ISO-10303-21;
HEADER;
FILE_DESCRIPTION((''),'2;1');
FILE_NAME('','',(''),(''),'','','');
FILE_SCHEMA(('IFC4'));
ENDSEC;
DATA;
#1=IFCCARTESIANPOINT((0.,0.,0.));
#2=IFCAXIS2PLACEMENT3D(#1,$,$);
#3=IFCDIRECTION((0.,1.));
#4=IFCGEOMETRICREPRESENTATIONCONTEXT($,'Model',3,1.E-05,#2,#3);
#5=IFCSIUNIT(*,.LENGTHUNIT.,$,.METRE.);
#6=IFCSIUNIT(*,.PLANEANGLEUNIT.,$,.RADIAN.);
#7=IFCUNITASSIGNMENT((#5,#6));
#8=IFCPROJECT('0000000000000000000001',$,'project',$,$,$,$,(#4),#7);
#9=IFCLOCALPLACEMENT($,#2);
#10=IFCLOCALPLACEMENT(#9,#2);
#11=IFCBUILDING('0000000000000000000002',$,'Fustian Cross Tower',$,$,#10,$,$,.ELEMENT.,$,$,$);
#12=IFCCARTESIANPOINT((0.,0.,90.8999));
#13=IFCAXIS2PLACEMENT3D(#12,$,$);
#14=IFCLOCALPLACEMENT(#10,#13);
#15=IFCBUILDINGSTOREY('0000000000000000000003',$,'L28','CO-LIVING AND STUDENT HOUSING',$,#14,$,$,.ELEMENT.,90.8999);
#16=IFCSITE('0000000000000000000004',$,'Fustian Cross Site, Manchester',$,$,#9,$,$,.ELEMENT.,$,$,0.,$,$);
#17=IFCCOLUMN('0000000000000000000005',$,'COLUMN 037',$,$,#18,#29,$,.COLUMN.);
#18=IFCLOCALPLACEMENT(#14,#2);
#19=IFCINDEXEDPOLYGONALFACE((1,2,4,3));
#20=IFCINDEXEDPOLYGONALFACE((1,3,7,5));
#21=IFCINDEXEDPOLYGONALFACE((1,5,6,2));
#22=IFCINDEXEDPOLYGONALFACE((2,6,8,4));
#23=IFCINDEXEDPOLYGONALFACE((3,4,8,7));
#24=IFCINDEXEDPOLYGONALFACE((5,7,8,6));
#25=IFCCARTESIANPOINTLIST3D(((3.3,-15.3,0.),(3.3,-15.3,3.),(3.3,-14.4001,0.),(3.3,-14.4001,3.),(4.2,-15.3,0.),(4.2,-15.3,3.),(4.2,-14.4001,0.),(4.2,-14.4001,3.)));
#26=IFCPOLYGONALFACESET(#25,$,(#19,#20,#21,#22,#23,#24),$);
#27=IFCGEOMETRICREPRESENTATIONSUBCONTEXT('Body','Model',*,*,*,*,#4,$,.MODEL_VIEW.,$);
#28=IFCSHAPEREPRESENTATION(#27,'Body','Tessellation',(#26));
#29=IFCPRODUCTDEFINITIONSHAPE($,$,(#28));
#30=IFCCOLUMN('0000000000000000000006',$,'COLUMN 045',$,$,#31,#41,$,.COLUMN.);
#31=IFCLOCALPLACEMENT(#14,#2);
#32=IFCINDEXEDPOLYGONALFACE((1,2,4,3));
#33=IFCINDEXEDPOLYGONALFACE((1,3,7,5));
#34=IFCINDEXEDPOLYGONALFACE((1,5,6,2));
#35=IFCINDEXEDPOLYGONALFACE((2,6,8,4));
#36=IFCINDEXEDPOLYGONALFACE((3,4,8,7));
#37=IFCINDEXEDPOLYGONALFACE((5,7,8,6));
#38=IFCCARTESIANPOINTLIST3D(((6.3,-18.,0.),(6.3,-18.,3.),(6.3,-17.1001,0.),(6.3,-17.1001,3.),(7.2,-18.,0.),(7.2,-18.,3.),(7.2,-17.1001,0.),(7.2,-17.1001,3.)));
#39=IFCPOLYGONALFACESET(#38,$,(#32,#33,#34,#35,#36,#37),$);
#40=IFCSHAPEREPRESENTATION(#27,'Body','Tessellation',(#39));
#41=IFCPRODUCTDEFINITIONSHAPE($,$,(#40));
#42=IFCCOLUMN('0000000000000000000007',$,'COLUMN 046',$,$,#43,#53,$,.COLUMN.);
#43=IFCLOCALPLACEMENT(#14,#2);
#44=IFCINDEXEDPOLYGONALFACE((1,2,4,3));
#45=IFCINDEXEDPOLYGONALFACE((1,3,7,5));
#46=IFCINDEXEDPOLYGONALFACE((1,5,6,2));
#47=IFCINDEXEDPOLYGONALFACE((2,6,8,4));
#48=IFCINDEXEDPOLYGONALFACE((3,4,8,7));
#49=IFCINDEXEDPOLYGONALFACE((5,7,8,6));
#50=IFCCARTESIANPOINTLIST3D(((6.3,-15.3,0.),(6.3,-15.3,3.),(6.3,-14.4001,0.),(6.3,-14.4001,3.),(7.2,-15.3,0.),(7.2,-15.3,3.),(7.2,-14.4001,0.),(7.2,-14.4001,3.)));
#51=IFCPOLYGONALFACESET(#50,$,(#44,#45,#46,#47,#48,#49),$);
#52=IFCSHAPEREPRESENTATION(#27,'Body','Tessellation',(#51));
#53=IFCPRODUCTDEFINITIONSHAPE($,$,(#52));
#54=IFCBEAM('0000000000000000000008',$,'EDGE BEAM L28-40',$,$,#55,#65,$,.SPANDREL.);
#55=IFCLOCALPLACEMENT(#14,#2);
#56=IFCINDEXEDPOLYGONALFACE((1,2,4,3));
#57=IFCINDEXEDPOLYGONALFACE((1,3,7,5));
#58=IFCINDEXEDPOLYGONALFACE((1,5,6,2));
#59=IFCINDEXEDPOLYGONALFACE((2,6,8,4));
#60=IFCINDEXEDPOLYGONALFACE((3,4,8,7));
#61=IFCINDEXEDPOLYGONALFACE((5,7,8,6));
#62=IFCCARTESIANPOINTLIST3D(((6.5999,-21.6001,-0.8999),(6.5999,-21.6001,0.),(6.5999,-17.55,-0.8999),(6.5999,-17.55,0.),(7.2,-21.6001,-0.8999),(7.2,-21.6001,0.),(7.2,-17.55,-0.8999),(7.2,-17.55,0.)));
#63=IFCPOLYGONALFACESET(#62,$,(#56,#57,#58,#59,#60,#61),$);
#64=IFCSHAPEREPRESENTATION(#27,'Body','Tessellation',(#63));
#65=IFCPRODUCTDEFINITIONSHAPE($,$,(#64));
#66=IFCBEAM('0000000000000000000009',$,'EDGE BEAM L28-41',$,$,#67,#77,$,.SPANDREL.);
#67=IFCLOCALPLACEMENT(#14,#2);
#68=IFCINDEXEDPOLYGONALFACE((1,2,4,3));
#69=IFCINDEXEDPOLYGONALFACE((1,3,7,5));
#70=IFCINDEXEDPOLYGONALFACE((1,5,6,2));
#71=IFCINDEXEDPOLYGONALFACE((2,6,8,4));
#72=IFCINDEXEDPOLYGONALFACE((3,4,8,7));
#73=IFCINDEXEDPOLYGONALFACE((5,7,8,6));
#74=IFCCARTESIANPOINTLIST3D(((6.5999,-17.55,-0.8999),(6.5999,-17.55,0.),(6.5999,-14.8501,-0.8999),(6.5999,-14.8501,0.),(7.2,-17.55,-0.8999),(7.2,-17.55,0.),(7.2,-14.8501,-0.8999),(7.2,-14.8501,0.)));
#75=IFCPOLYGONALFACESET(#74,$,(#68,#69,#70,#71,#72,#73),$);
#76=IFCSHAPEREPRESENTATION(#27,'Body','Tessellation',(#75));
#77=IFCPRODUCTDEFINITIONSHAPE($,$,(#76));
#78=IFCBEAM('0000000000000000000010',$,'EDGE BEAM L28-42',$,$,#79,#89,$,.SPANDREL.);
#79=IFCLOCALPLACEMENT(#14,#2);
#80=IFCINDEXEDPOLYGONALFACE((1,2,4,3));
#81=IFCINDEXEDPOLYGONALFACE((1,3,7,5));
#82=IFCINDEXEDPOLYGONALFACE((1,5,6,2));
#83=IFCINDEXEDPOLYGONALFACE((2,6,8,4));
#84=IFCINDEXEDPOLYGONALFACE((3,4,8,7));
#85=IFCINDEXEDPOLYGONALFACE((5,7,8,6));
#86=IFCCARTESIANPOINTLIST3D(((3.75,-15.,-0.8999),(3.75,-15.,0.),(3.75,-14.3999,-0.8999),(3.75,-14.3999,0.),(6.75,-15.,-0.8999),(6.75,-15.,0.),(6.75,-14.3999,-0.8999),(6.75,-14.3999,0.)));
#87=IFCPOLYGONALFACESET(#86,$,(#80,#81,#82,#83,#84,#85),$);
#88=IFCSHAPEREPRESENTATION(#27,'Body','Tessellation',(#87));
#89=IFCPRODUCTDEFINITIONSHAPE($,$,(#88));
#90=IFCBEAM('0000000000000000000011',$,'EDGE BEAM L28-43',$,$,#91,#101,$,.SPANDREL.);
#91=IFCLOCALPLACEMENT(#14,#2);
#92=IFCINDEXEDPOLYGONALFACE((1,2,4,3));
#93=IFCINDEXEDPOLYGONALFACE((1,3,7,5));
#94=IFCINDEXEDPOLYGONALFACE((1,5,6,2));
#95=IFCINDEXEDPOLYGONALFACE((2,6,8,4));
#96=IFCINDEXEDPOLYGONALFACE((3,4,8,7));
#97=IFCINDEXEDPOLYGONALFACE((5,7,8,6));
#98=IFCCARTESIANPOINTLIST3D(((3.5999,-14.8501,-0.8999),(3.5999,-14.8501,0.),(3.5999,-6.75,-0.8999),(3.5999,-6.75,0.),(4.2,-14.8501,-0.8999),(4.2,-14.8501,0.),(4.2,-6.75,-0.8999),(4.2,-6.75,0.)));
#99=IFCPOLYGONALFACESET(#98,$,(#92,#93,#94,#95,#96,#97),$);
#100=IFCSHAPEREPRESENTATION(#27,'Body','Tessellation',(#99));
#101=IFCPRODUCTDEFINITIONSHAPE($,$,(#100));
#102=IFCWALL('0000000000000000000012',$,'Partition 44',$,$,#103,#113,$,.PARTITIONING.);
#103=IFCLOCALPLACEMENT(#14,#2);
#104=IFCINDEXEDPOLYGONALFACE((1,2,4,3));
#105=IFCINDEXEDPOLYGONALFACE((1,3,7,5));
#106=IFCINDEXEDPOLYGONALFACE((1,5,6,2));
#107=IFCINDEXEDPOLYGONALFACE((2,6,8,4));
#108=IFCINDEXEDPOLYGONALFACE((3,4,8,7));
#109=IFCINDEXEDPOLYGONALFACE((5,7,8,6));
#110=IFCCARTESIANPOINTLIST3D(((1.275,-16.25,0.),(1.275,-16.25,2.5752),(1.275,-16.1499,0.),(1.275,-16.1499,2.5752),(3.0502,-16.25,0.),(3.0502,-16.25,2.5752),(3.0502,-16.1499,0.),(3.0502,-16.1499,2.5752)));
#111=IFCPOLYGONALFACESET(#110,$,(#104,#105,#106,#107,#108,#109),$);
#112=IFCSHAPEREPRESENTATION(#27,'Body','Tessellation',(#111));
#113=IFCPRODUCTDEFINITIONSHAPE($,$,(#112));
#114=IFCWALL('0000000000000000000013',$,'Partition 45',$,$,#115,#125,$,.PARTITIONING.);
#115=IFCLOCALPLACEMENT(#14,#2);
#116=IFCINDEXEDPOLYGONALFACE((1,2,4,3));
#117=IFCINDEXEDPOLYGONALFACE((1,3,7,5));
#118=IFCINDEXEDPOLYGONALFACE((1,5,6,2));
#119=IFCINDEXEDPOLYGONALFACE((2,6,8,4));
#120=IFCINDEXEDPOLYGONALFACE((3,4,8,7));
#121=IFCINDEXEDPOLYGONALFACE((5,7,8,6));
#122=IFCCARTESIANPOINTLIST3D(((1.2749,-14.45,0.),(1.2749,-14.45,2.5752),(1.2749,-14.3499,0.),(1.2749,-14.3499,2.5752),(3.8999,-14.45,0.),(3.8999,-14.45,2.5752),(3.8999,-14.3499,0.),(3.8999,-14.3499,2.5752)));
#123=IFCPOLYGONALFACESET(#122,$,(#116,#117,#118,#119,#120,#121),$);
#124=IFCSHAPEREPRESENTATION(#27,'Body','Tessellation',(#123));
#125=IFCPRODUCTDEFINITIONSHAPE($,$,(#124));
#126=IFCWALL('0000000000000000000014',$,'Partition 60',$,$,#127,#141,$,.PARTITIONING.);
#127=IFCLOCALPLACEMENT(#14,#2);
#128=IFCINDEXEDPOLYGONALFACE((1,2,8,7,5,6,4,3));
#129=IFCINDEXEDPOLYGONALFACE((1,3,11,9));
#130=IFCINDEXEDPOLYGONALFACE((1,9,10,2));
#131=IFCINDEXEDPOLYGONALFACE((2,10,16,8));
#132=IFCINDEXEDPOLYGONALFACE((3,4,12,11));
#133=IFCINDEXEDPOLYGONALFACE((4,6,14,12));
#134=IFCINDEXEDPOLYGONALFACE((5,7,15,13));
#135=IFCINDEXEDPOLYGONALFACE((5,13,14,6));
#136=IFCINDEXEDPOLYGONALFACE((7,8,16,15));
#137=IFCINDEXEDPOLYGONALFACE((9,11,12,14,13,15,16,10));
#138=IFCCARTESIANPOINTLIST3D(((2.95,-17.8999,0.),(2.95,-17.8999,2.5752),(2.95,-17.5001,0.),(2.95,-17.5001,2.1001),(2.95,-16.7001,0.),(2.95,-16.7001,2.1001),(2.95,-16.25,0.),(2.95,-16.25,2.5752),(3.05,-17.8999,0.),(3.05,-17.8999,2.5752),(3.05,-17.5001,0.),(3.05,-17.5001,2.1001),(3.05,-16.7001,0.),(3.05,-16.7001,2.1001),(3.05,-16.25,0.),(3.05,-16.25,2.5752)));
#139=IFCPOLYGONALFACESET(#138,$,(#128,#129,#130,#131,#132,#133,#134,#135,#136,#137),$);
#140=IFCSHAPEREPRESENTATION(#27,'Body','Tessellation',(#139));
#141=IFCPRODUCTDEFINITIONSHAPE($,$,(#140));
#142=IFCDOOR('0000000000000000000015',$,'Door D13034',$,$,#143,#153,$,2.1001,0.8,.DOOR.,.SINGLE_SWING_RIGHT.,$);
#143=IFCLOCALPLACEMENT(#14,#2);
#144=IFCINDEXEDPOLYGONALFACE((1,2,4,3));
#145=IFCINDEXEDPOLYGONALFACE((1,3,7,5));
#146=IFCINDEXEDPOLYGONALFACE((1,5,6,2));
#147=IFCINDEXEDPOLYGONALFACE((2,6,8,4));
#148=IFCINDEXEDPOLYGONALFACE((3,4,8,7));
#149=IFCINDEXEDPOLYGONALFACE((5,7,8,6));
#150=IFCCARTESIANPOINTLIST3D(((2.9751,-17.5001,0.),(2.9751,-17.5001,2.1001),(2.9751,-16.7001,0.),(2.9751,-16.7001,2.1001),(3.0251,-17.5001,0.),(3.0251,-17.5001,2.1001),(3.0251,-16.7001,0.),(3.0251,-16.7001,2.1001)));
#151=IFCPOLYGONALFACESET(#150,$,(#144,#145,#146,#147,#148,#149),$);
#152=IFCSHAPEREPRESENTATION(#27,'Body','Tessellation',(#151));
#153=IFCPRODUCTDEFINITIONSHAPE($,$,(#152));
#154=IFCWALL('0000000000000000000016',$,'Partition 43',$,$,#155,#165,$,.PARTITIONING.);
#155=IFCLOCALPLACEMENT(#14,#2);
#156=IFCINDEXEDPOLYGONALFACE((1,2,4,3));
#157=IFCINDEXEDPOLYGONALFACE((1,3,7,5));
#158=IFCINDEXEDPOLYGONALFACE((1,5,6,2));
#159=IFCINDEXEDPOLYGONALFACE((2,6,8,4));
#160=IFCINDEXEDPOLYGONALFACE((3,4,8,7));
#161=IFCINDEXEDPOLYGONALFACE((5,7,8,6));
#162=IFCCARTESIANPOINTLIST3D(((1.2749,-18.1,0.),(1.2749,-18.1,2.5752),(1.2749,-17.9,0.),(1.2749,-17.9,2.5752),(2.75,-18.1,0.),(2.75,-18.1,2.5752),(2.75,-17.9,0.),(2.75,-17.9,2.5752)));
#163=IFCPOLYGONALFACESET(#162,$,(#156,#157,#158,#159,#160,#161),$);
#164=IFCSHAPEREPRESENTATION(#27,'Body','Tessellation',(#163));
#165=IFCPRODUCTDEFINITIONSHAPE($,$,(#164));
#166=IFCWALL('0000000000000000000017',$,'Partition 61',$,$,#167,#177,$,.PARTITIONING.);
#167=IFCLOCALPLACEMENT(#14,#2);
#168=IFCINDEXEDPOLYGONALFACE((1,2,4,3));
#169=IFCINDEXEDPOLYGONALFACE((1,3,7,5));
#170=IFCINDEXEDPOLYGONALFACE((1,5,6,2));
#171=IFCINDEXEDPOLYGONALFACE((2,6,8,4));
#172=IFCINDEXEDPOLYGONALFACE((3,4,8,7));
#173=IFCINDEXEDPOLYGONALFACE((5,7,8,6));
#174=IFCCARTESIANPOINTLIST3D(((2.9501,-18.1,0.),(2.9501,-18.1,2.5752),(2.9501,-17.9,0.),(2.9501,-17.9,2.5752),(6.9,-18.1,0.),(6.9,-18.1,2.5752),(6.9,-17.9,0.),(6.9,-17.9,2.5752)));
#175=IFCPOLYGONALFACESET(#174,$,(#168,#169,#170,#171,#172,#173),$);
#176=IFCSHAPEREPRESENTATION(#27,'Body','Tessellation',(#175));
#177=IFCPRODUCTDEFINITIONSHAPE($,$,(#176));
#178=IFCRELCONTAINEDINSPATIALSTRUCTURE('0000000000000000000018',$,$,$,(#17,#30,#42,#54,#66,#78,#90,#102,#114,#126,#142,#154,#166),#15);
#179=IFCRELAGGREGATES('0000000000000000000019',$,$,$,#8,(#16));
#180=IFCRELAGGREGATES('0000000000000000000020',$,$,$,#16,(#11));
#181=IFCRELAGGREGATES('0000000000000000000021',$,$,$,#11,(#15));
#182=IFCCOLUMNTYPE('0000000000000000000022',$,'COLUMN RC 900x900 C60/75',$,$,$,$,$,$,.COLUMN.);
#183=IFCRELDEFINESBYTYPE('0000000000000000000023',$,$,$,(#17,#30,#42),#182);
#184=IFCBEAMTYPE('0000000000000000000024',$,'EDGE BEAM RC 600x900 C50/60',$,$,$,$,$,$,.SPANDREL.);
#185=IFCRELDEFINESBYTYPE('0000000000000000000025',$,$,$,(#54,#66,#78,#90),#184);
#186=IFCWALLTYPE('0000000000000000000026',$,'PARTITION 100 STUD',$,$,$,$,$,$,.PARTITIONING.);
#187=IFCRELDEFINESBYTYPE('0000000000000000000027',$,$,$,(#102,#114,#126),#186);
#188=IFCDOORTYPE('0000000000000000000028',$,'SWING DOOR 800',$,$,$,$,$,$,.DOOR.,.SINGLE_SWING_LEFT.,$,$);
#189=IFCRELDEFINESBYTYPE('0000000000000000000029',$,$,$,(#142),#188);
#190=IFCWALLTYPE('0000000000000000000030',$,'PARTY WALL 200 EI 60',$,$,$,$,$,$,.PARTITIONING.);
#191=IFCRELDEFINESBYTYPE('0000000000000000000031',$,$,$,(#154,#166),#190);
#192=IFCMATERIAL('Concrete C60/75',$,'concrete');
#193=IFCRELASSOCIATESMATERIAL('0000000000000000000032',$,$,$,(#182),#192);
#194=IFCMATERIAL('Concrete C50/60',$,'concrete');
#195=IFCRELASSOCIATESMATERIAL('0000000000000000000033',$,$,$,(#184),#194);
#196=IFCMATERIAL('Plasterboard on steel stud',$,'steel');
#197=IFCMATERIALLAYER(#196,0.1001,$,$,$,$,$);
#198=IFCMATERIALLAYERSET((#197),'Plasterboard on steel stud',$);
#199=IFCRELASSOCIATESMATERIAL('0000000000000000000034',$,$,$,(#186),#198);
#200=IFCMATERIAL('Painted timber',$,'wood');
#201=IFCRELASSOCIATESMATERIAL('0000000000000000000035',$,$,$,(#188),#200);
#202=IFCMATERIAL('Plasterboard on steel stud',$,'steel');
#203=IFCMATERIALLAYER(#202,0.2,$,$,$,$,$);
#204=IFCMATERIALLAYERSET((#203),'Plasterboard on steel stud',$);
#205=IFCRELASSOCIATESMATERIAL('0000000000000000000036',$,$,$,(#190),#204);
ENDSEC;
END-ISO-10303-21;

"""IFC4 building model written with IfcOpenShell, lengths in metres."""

from ifc_helpers import new_model, si_unit, direction, frame, frame_2d, origin, origin_2d, place, context, subcontext, project, spatial, rectangle, extrude, material, layer, layer_set, material_profile, profile_set, type_object, element, fill, save


model = new_model("IFC4")

# Units and contexts
model_context = context("Model", 3, precision=1e-05, world=origin(), true_north=direction((0.0, 1.0)))
body_context = subcontext(model_context, "Body", "Model", "MODEL_VIEW")
ifc_project = project(units=[si_unit("LENGTHUNIT", "METRE"), si_unit("PLANEANGLEUNIT", "RADIAN")], contexts=[model_context])

# Site, building, storey
site_placement = place(None, origin())
site = spatial("IfcSite", under=ifc_project, at=site_placement, Name="Fustian Cross Site, Manchester", CompositionType="ELEMENT", RefElevation=0.0)
building_placement = place(site_placement, origin())
building = spatial("IfcBuilding", under=site, at=building_placement, Name="Fustian Cross Tower", CompositionType="ELEMENT")
storey_placement = place(building_placement, frame((0.0, 0.0, 90.8999)))
storey = spatial("IfcBuildingStorey", under=building, at=storey_placement, Name="L28", Description="CO-LIVING AND STUDENT HOUSING", CompositionType="ELEMENT", Elevation=90.8999)

# Columns
ifc_material_1 = material(Name="Concrete C60/75", Category="concrete")
ifc_material_profile_1 = material_profile(ifc_material_1, rectangle(XDim=0.8999, YDim=0.8999, at=origin_2d()), Name="RC 900x900")
ifc_profile_set_1 = profile_set([ifc_material_profile_1], Name="Concrete C60/75")
column_type = type_object("IfcColumnType", Name="COLUMN RC 900x900 C60/75", PredefinedType="COLUMN", material=ifc_profile_set_1)
for number, where, z_axis, x_axis, name in (
    (1, (3.75, -14.8501, 0.0), (0.0, 0.0, 1.0), (1.0, 0.0, 0.0), "COLUMN 037"),
    (2, (6.75, -17.55, 0.0), (0.0, 0.0, 1.0), (1.0, 0.0, 0.0), "COLUMN 045"),
    (3, (6.75, -14.8501, 0.0), (0.0, 0.0, 1.0), (1.0, 0.0, 0.0), "COLUMN 046"),
):
    element("IfcColumn", number, at=place(storey_placement, frame(where, z_axis=z_axis, x_axis=x_axis)), inside=storey, type_object=column_type, Name=name, PredefinedType="COLUMN", context=body_context, shape_type="SweptSolid", body=[
        extrude(rectangle(XDim=0.8999, YDim=0.8999, at=origin_2d()), origin(), (0.0, 0.0, 1.0), 3.0),
    ])

# Beams
ifc_material_2 = material(Name="Concrete C50/60", Category="concrete")
ifc_material_profile_2 = material_profile(ifc_material_2, rectangle(XDim=0.6001, YDim=0.8999, at=origin_2d()), Name="RC 600x900")
ifc_profile_set_2 = profile_set([ifc_material_profile_2], Name="Concrete C50/60")
beam_type = type_object("IfcBeamType", Name="EDGE BEAM RC 600x900 C50/60", PredefinedType="SPANDREL", material=ifc_profile_set_2)
beam_1_placement = place(storey_placement, frame((6.8999, -21.6001, -0.45), z_axis=(0.0, 1.0, 0.0), x_axis=(-1.0, 0.0, 0.0)))
element("IfcBeam", 4, at=beam_1_placement, inside=storey, type_object=beam_type, Name="EDGE BEAM L28-40", PredefinedType="SPANDREL", context=body_context, shape_type="SweptSolid", body=[
    extrude(rectangle(XDim=0.6001, YDim=0.8999, at=origin_2d()), origin(), (0.0, 0.0, 1.0), 4.05),
])
beam_2_placement = place(storey_placement, frame((6.8999, -17.55, -0.45), z_axis=(0.0, 1.0, 0.0), x_axis=(-1.0, 0.0, 0.0)))
element("IfcBeam", 5, at=beam_2_placement, inside=storey, type_object=beam_type, Name="EDGE BEAM L28-41", PredefinedType="SPANDREL", context=body_context, shape_type="SweptSolid", body=[
    extrude(rectangle(XDim=0.6001, YDim=0.8999, at=origin_2d()), origin(), (0.0, 0.0, 1.0), 2.7),
])
beam_3_placement = place(storey_placement, frame((6.75, -14.7, -0.45), z_axis=(-1.0, 0.0, 0.0), x_axis=(0.0, -1.0, 0.0)))
element("IfcBeam", 6, at=beam_3_placement, inside=storey, type_object=beam_type, Name="EDGE BEAM L28-42", PredefinedType="SPANDREL", context=body_context, shape_type="SweptSolid", body=[
    extrude(rectangle(XDim=0.6001, YDim=0.8999, at=origin_2d()), origin(), (0.0, 0.0, 1.0), 3.0),
])
beam_4_placement = place(storey_placement, frame((3.8999, -14.8501, -0.45), z_axis=(0.0, 1.0, 0.0), x_axis=(-1.0, 0.0, 0.0)))
element("IfcBeam", 7, at=beam_4_placement, inside=storey, type_object=beam_type, Name="EDGE BEAM L28-43", PredefinedType="SPANDREL", context=body_context, shape_type="SweptSolid", body=[
    extrude(rectangle(XDim=0.6001, YDim=0.8999, at=origin_2d()), origin(), (0.0, 0.0, 1.0), 8.1001),
])

# Walls
ifc_material_3 = material(Name="Plasterboard on steel stud", Category="steel")
ifc_layer_1 = layer(ifc_material_3, 0.1001)
ifc_layer_set_1 = layer_set([ifc_layer_1], Name="Plasterboard on steel stud")
wall_type_1 = type_object("IfcWallType", Name="PARTITION 100 STUD", PredefinedType="PARTITIONING", material=ifc_layer_set_1)
wall_1_placement = place(storey_placement, frame((1.2749, -16.2, 0.0), z_axis=(0.0, 0.0, 1.0), x_axis=(1.0, 0.0, 0.0)))
element("IfcWall", 8, at=wall_1_placement, inside=storey, type_object=wall_type_1, Name="Partition 44", PredefinedType="PARTITIONING", context=body_context, shape_type="SweptSolid", body=[
    extrude(rectangle(XDim=1.7751, YDim=0.1001, at=frame_2d((0.8877, 0.0))), origin(), (0.0, 0.0, 1.0), 2.5752),
])
wall_2_placement = place(storey_placement, frame((1.2749, -14.3999, 0.0), z_axis=(0.0, 0.0, 1.0), x_axis=(1.0, 0.0, 0.0)))
element("IfcWall", 9, at=wall_2_placement, inside=storey, type_object=wall_type_1, Name="Partition 45", PredefinedType="PARTITIONING", context=body_context, shape_type="SweptSolid", body=[
    extrude(rectangle(XDim=2.625, YDim=0.1001, at=frame_2d((1.3125, 0.0))), origin(), (0.0, 0.0, 1.0), 2.5752),
])

# Wall, opening, door
wall_3_placement = place(storey_placement, frame((3.0, -17.8999, 0.0), z_axis=(0.0, 0.0, 1.0), x_axis=(0.0, 1.0, 0.0)))
wall_3 = element("IfcWall", 10, at=wall_3_placement, inside=storey, type_object=wall_type_1, Name="Partition 60", PredefinedType="PARTITIONING", context=body_context, shape_type="SweptSolid", body=[
    extrude(rectangle(XDim=1.6499, YDim=0.1001, at=frame_2d((0.825, 0.0))), origin(), (0.0, 0.0, 1.0), 2.5752),
])
opening_1_placement = place(wall_3_placement, frame((0.3999, 0.0, 0.0)))
opening_1 = element("IfcOpeningElement", 11, at=opening_1_placement, cuts=wall_3, PredefinedType="OPENING", context=body_context, shape_type="SweptSolid", body=[
    extrude(rectangle(XDim=0.8, YDim=2.1001, at=frame_2d((0.3999, 1.05))), frame((0.0, 0.0601, 0.0), z_axis=(0.0, -1.0, 0.0), x_axis=(1.0, 0.0, 0.0)), (0.0, 0.0, 1.0), 0.1201),
])
ifc_material_4 = material(Name="Painted timber", Category="wood")
door_type = type_object("IfcDoorType", Name="SWING DOOR 800", OperationType="SINGLE_SWING_LEFT", PredefinedType="DOOR", material=ifc_material_4)
door_placement = place(opening_1_placement, origin())
door = element("IfcDoor", 12, at=door_placement, inside=storey, type_object=door_type, Name="Door D13034", OperationType="SINGLE_SWING_RIGHT", OverallHeight=2.1001, OverallWidth=0.8, PredefinedType="DOOR", context=body_context, shape_type="SweptSolid", body=[
    extrude(rectangle(XDim=0.8, YDim=2.1001, at=frame_2d((0.3999, 1.05))), frame((0.0, 0.0249, 0.0), z_axis=(0.0, -1.0, 0.0), x_axis=(1.0, 0.0, 0.0)), (0.0, 0.0, 1.0), 0.05),
])
fill(opening_1, door)

# Walls
ifc_material_5 = material(Name="Plasterboard on steel stud", Category="steel")
ifc_layer_2 = layer(ifc_material_5, 0.2)
ifc_layer_set_2 = layer_set([ifc_layer_2], Name="Plasterboard on steel stud")
wall_type_2 = type_object("IfcWallType", Name="PARTY WALL 200 EI 60", PredefinedType="PARTITIONING", material=ifc_layer_set_2)
wall_4_placement = place(storey_placement, frame((1.2749, -18.0, 0.0), z_axis=(0.0, 0.0, 1.0), x_axis=(1.0, 0.0, 0.0)))
element("IfcWall", 13, at=wall_4_placement, inside=storey, type_object=wall_type_2, Name="Partition 43", PredefinedType="PARTITIONING", context=body_context, shape_type="SweptSolid", body=[
    extrude(rectangle(XDim=1.4751, YDim=0.2, at=frame_2d((0.7375, 0.0))), origin(), (0.0, 0.0, 1.0), 2.5752),
])
wall_5_placement = place(storey_placement, frame((2.95, -18.0, 0.0), z_axis=(0.0, 0.0, 1.0), x_axis=(1.0, 0.0, 0.0)))
element("IfcWall", 14, at=wall_5_placement, inside=storey, type_object=wall_type_2, Name="Partition 61", PredefinedType="PARTITIONING", context=body_context, shape_type="SweptSolid", body=[
    extrude(rectangle(XDim=3.95, YDim=0.2, at=frame_2d((1.9751, 0.0))), origin(), (0.0, 0.0, 1.0), 2.5752),
])

save(model, "model.ifc")
